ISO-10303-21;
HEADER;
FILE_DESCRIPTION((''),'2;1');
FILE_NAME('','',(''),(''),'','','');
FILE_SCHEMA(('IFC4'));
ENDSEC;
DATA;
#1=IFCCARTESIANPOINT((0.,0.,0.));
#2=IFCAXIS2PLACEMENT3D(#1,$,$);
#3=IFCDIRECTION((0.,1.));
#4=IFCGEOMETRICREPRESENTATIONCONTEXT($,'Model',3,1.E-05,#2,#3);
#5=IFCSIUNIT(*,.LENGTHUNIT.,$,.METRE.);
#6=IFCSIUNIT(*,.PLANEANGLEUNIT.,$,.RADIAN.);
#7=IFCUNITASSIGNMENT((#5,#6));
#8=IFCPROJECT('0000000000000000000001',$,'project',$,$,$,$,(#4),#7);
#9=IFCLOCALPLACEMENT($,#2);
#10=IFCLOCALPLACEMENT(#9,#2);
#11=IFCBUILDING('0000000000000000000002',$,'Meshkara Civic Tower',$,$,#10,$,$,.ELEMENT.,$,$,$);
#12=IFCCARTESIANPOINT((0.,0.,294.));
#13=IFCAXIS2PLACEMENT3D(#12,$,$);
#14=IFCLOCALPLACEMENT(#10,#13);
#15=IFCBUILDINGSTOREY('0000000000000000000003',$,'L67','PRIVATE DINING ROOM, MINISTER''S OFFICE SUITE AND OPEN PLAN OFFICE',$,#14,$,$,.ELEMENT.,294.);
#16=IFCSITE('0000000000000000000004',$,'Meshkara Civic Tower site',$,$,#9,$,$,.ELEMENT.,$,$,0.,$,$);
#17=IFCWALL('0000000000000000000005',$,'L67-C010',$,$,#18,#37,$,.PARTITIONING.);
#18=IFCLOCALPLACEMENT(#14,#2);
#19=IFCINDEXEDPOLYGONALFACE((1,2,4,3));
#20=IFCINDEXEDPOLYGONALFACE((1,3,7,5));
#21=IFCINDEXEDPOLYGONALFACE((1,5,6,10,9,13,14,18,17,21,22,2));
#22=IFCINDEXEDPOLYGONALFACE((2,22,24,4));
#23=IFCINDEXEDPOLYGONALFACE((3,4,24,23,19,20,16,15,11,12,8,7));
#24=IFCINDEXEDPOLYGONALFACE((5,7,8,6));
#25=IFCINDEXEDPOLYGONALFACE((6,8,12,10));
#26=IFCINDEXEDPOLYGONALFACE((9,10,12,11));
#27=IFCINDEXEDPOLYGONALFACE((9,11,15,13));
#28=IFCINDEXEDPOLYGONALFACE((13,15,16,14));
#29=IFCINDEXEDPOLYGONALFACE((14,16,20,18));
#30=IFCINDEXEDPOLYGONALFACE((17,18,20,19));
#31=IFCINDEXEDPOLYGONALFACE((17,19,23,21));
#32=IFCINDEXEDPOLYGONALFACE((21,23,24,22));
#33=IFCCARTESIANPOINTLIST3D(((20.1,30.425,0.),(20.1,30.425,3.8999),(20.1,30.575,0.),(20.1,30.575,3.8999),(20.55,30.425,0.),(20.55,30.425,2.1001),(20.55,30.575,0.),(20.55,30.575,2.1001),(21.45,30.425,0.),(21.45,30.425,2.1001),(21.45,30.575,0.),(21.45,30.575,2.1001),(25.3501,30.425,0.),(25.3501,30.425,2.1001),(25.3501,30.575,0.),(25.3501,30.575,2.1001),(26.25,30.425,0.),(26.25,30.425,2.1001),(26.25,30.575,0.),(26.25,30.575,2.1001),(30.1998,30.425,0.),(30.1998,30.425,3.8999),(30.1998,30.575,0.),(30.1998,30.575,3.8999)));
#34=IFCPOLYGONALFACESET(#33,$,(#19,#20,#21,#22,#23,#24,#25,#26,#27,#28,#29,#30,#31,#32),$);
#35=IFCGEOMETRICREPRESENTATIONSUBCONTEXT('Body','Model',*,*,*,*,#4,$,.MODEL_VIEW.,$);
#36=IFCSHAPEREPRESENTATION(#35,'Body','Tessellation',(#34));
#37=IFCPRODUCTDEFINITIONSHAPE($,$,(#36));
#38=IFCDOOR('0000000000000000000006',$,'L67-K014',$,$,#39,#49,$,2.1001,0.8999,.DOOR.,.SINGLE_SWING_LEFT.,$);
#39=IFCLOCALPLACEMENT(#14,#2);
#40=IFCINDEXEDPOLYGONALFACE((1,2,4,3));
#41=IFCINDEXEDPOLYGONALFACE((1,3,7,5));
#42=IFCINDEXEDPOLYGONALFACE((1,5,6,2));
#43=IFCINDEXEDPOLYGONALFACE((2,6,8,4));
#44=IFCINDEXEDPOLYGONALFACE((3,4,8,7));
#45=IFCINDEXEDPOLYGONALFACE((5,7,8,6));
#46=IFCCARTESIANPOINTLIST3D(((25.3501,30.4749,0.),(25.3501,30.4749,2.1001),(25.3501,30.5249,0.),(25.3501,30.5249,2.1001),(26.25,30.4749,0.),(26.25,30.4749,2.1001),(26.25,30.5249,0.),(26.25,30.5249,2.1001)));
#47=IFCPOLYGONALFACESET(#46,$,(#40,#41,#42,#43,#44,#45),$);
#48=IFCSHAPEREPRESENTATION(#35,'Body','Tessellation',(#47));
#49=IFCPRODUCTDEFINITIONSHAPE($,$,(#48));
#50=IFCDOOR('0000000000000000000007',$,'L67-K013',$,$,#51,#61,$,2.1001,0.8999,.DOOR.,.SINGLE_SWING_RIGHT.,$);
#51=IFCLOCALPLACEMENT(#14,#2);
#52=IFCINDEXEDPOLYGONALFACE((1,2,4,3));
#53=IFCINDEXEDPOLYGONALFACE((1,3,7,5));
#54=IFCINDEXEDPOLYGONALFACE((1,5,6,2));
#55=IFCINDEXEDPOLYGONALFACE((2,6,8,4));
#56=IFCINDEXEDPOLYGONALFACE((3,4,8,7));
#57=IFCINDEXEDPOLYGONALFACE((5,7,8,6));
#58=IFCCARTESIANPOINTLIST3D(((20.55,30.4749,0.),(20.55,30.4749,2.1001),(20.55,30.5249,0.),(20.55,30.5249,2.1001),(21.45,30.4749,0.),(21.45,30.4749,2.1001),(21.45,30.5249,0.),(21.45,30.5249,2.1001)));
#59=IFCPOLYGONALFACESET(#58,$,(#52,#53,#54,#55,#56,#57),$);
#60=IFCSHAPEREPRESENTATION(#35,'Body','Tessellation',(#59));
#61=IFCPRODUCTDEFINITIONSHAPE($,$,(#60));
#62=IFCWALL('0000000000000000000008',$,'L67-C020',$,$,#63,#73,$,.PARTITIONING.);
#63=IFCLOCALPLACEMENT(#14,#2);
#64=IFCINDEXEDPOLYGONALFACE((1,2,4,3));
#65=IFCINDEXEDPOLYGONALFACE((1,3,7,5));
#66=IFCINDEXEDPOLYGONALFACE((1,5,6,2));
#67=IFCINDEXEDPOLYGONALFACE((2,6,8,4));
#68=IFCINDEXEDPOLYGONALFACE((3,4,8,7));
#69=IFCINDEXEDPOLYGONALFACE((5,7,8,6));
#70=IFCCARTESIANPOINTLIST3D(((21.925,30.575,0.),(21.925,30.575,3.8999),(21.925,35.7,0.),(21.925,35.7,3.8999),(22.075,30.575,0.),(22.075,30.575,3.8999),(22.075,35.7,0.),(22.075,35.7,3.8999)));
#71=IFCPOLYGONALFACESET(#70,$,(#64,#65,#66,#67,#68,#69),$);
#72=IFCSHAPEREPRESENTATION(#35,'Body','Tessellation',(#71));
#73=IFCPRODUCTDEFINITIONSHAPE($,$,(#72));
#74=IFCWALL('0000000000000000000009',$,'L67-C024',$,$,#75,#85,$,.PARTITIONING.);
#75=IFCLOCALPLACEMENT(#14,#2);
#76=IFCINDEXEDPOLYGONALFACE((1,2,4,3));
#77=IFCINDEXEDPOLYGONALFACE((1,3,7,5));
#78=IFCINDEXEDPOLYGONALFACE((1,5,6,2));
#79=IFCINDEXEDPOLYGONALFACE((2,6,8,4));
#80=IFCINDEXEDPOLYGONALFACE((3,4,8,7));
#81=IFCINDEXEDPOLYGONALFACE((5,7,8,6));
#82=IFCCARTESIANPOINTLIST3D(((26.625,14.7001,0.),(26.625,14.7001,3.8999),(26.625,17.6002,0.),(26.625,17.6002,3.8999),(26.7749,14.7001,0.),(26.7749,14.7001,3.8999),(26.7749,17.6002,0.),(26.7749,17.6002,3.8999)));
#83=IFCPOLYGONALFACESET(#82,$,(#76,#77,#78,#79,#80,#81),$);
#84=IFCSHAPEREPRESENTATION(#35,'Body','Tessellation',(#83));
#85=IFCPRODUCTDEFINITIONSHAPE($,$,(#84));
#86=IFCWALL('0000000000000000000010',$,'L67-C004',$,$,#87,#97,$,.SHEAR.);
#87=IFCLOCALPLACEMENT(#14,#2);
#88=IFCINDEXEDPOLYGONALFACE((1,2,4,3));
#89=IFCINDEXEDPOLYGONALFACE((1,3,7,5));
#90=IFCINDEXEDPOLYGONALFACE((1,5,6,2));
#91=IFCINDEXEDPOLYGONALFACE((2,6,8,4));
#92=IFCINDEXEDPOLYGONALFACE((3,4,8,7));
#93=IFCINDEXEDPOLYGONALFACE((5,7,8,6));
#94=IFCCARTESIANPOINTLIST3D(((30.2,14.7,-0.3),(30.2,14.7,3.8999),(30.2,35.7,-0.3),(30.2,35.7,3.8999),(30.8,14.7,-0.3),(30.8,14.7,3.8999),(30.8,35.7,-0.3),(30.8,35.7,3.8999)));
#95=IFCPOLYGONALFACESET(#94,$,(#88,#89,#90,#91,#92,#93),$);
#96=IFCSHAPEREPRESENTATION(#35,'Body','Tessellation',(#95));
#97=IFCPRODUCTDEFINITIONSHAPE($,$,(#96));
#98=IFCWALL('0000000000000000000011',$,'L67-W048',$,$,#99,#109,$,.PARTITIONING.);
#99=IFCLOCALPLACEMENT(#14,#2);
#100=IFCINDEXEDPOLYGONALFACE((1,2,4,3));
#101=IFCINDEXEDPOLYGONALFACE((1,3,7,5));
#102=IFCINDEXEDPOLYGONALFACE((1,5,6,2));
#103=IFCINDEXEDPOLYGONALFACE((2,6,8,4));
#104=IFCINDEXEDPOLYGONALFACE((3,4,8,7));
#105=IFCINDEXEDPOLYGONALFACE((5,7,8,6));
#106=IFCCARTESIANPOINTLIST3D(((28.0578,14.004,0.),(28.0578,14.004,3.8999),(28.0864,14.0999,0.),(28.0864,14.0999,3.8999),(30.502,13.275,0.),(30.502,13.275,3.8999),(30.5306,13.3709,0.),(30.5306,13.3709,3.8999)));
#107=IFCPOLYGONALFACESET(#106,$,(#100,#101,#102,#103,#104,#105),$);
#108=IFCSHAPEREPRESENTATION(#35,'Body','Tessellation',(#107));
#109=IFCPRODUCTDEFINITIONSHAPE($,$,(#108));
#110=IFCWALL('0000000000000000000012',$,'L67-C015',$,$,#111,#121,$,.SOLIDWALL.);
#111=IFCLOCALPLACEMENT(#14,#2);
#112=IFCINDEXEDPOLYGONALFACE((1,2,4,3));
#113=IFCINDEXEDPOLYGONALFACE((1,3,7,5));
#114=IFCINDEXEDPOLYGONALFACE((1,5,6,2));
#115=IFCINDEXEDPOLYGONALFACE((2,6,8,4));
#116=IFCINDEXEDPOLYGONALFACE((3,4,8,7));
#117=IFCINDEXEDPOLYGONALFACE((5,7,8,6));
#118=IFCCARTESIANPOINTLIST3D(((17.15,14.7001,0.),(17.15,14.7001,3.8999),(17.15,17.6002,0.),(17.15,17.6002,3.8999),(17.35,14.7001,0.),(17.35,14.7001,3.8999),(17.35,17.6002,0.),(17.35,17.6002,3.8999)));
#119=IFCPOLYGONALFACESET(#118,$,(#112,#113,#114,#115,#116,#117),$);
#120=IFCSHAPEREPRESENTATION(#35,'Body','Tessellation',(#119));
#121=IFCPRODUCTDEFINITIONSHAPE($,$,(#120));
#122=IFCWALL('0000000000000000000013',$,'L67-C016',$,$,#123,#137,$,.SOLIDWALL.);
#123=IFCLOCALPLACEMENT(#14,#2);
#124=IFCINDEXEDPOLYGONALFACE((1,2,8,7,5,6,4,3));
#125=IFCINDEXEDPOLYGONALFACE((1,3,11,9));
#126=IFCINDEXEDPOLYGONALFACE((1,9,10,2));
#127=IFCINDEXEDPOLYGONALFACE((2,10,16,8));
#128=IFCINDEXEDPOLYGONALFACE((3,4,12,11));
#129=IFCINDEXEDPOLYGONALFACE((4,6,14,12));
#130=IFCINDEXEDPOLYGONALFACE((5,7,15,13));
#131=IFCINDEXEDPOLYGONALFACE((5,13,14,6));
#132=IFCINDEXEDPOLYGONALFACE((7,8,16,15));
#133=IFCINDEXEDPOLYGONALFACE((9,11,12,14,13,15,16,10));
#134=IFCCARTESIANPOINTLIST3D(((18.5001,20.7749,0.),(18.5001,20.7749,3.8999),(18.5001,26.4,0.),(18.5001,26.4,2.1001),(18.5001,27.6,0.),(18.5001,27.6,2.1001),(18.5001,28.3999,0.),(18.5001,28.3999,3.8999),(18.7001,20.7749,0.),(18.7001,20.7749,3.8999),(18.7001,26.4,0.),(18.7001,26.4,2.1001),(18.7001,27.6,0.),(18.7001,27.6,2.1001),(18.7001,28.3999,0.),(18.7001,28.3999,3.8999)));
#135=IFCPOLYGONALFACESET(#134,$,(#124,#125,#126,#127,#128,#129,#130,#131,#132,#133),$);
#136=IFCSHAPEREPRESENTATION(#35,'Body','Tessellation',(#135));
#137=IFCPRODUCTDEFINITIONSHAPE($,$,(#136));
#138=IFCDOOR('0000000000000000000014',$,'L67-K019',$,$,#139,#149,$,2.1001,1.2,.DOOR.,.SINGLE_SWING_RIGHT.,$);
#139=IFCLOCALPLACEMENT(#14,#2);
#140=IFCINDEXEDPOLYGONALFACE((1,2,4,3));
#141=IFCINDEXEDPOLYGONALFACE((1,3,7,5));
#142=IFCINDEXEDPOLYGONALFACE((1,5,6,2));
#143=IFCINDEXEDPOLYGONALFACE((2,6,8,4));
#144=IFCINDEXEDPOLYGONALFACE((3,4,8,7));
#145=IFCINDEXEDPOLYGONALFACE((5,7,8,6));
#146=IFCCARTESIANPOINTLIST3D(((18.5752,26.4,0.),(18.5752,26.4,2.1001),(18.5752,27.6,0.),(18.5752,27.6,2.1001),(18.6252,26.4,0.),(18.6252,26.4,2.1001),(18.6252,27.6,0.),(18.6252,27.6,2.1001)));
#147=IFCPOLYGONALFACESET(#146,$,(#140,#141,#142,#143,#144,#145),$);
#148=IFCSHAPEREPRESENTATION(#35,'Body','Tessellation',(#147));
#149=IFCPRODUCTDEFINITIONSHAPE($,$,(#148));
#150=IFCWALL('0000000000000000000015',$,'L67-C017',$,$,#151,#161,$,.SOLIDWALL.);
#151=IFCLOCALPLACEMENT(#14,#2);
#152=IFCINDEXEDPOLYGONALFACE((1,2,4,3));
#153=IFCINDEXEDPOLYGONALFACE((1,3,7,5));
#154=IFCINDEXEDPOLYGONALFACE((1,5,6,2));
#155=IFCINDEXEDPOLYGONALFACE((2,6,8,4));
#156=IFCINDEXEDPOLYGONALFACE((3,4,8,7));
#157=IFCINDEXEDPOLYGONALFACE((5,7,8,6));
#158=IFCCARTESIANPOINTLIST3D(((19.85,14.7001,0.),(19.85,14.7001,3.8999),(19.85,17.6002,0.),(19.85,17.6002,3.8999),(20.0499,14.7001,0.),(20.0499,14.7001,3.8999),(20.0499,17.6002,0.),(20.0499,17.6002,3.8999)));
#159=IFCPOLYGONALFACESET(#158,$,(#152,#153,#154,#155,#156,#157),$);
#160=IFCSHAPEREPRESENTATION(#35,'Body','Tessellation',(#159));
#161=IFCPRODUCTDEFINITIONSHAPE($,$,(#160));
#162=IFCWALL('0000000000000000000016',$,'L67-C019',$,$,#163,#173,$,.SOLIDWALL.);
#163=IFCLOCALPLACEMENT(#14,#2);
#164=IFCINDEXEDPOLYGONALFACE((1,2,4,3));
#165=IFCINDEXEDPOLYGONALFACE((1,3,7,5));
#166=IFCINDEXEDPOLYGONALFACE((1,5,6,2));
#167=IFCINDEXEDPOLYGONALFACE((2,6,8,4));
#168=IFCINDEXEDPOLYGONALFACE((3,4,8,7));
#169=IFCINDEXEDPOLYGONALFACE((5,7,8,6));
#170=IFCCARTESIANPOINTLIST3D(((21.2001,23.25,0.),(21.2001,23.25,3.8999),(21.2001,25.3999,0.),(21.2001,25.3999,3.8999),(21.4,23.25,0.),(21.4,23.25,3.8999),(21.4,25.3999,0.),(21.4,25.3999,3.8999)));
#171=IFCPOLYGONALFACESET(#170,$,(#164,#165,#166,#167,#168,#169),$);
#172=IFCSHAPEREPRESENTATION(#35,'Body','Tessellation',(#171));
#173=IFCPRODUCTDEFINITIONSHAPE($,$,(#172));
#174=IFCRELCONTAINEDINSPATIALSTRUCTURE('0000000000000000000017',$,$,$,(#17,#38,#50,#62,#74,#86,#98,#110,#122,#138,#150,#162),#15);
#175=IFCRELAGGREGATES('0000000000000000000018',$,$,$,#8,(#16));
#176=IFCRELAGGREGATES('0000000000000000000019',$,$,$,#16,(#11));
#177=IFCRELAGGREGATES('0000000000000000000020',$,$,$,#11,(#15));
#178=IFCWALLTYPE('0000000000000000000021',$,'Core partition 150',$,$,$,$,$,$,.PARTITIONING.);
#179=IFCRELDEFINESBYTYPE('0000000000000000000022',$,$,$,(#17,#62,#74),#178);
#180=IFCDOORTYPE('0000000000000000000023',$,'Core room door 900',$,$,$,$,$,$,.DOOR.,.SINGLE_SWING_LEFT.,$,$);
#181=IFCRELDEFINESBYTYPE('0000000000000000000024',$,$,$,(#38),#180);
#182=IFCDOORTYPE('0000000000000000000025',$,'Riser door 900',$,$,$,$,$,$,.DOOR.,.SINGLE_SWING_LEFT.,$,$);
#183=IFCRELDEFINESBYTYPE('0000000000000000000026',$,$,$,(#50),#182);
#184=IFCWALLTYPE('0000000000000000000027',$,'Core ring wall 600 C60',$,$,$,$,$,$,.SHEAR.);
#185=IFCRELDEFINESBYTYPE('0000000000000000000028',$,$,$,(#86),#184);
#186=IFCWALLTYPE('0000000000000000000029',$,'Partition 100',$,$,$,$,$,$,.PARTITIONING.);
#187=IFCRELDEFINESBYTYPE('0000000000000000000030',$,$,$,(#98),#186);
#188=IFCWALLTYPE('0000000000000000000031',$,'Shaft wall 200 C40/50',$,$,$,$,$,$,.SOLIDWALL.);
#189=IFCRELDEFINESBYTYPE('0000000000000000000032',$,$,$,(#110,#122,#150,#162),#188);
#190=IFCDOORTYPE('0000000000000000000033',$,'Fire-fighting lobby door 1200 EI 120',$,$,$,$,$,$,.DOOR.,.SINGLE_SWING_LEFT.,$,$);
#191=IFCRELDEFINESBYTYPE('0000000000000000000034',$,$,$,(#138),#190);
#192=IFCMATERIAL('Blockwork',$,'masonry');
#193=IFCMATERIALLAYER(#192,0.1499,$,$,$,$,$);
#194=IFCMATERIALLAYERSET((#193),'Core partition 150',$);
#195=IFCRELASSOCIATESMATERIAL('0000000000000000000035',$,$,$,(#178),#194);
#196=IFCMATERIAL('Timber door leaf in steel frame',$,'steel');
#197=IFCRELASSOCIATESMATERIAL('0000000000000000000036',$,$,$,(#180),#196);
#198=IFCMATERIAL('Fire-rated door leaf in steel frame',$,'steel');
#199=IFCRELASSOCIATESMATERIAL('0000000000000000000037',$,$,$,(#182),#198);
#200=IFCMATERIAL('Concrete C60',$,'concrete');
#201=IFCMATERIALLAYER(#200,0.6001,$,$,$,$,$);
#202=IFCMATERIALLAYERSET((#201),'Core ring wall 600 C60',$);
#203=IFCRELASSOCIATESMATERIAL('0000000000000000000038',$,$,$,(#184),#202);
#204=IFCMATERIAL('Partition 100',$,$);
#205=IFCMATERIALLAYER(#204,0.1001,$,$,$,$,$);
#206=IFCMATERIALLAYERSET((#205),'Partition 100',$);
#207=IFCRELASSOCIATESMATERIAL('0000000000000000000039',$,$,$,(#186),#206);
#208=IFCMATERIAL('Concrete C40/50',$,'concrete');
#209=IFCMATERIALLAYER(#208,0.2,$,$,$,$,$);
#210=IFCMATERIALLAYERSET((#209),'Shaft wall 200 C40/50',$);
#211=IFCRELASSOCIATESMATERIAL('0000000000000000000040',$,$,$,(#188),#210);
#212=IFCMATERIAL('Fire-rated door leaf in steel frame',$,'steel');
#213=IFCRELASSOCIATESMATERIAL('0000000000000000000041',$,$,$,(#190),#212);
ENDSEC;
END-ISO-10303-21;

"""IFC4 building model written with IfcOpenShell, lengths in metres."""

from ifc_helpers import new_model, si_unit, direction, frame, frame_2d, origin, place, context, subcontext, project, spatial, rectangle, extrude, material, layer, layer_set, type_object, element, fill, save


model = new_model("IFC4")

# Units and contexts
model_context = context("Model", 3, precision=1e-05, world=origin(), true_north=direction((0.0, 1.0)))
body_context = subcontext(model_context, "Body", "Model", "MODEL_VIEW")
ifc_project = project(units=[si_unit("LENGTHUNIT", "METRE"), si_unit("PLANEANGLEUNIT", "RADIAN")], contexts=[model_context])

# Site, building, storey
site_placement = place(None, origin())
site = spatial("IfcSite", under=ifc_project, at=site_placement, Name="Meshkara Civic Tower site", CompositionType="ELEMENT", RefElevation=0.0)
building_placement = place(site_placement, origin())
building = spatial("IfcBuilding", under=site, at=building_placement, Name="Meshkara Civic Tower", CompositionType="ELEMENT")
storey_placement = place(building_placement, frame((0.0, 0.0, 294.0)))
storey = spatial("IfcBuildingStorey", under=building, at=storey_placement, Name="L67", Description="PRIVATE DINING ROOM, MINISTER'S OFFICE SUITE AND OPEN PLAN OFFICE", CompositionType="ELEMENT", Elevation=294.0)

# Wall, openings, doors
ifc_material_1 = material(Name="Blockwork", Category="masonry")
ifc_layer_1 = layer(ifc_material_1, 0.1499)
ifc_layer_set_1 = layer_set([ifc_layer_1], Name="Core partition 150")
wall_type_1 = type_object("IfcWallType", Name="Core partition 150", PredefinedType="PARTITIONING", material=ifc_layer_set_1)
wall_1_placement = place(storey_placement, frame((20.1001, 30.5, 0.0), z_axis=(0.0, 0.0, 1.0), x_axis=(1.0, 0.0, 0.0)))
wall_1 = element("IfcWall", 1, at=wall_1_placement, inside=storey, type_object=wall_type_1, Name="L67-C010", PredefinedType="PARTITIONING", context=body_context, shape_type="SweptSolid", body=[
    extrude(rectangle(XDim=10.0999, YDim=0.1499, at=frame_2d((5.0498, 0.0))), origin(), (0.0, 0.0, 1.0), 3.8999),
])
opening_1_placement = place(wall_1_placement, frame((0.45, 0.0, 0.0)))
opening_1 = element("IfcOpeningElement", 2, at=opening_1_placement, cuts=wall_1, PredefinedType="OPENING", context=body_context, shape_type="SweptSolid", body=[
    extrude(rectangle(XDim=0.8999, YDim=2.1001, at=frame_2d((0.45, 1.05))), frame((0.0, 0.085, 0.0), z_axis=(0.0, -1.0, 0.0), x_axis=(1.0, 0.0, 0.0)), (0.0, 0.0, 1.0), 0.1699),
])
opening_2_placement = place(wall_1_placement, frame((5.25, 0.0, 0.0)))
opening_2 = element("IfcOpeningElement", 3, at=opening_2_placement, cuts=wall_1, PredefinedType="OPENING", context=body_context, shape_type="SweptSolid", body=[
    extrude(rectangle(XDim=0.8999, YDim=2.1001, at=frame_2d((0.45, 1.05))), frame((0.0, 0.085, 0.0), z_axis=(0.0, -1.0, 0.0), x_axis=(1.0, 0.0, 0.0)), (0.0, 0.0, 1.0), 0.1699),
])
ifc_material_2 = material(Name="Timber door leaf in steel frame", Category="steel")
door_type_1 = type_object("IfcDoorType", Name="Core room door 900", OperationType="SINGLE_SWING_LEFT", PredefinedType="DOOR", material=ifc_material_2)
door_1_placement = place(opening_2_placement, origin())
door_1 = element("IfcDoor", 4, at=door_1_placement, inside=storey, type_object=door_type_1, Name="L67-K014", OperationType="SINGLE_SWING_LEFT", OverallHeight=2.1001, OverallWidth=0.8999, PredefinedType="DOOR", context=body_context, shape_type="SweptSolid", body=[
    extrude(rectangle(XDim=0.8999, YDim=2.1001, at=frame_2d((0.45, 1.05))), frame((0.0, 0.0249, 0.0), z_axis=(0.0, -1.0, 0.0), x_axis=(1.0, 0.0, 0.0)), (0.0, 0.0, 1.0), 0.05),
])
fill(opening_2, door_1)
ifc_material_3 = material(Name="Fire-rated door leaf in steel frame", Category="steel")
door_type_2 = type_object("IfcDoorType", Name="Riser door 900", OperationType="SINGLE_SWING_LEFT", PredefinedType="DOOR", material=ifc_material_3)
door_2_placement = place(opening_1_placement, origin())
door_2 = element("IfcDoor", 5, at=door_2_placement, inside=storey, type_object=door_type_2, Name="L67-K013", OperationType="SINGLE_SWING_RIGHT", OverallHeight=2.1001, OverallWidth=0.8999, PredefinedType="DOOR", context=body_context, shape_type="SweptSolid", body=[
    extrude(rectangle(XDim=0.8999, YDim=2.1001, at=frame_2d((0.45, 1.05))), frame((0.0, 0.0249, 0.0), z_axis=(0.0, -1.0, 0.0), x_axis=(1.0, 0.0, 0.0)), (0.0, 0.0, 1.0), 0.05),
])
fill(opening_1, door_2)

# Walls
wall_2_placement = place(storey_placement, frame((22.0, 30.575, 0.0), z_axis=(0.0, 0.0, 1.0), x_axis=(0.0, 1.0, 0.0)))
element("IfcWall", 6, at=wall_2_placement, inside=storey, type_object=wall_type_1, Name="L67-C020", PredefinedType="PARTITIONING", context=body_context, shape_type="SweptSolid", body=[
    extrude(rectangle(XDim=5.125, YDim=0.1499, at=frame_2d((2.5625, 0.0))), origin(), (0.0, 0.0, 1.0), 3.8999),
])
wall_3_placement = place(storey_placement, frame((26.7, 14.7, 0.0), z_axis=(0.0, 0.0, 1.0), x_axis=(0.0, 1.0, 0.0)))
element("IfcWall", 7, at=wall_3_placement, inside=storey, type_object=wall_type_1, Name="L67-C024", PredefinedType="PARTITIONING", context=body_context, shape_type="SweptSolid", body=[
    extrude(rectangle(XDim=2.9001, YDim=0.1499, at=frame_2d((1.4502, 0.0))), origin(), (0.0, 0.0, 1.0), 3.8999),
])
ifc_material_4 = material(Name="Concrete C60", Category="concrete")
ifc_layer_2 = layer(ifc_material_4, 0.6001)
ifc_layer_set_2 = layer_set([ifc_layer_2], Name="Core ring wall 600 C60")
wall_type_2 = type_object("IfcWallType", Name="Core ring wall 600 C60", PredefinedType="SHEAR", material=ifc_layer_set_2)
wall_4_placement = place(storey_placement, frame((30.5, 14.7, -0.3), z_axis=(0.0, 0.0, 1.0), x_axis=(0.0, 1.0, 0.0)))
element("IfcWall", 8, at=wall_4_placement, inside=storey, type_object=wall_type_2, Name="L67-C004", PredefinedType="SHEAR", context=body_context, shape_type="SweptSolid", body=[
    extrude(rectangle(XDim=21.0, YDim=0.6001, at=frame_2d((10.5, 0.0))), origin(), (0.0, 0.0, 1.0), 4.2),
])
ifc_material_5 = material(Name="Partition 100")
ifc_layer_3 = layer(ifc_material_5, 0.1001)
ifc_layer_set_3 = layer_set([ifc_layer_3], Name="Partition 100")
wall_type_3 = type_object("IfcWallType", Name="Partition 100", PredefinedType="PARTITIONING", material=ifc_layer_set_3)
wall_5_placement = place(storey_placement, frame((28.072, 14.052, 0.0), z_axis=(0.0, 0.0, 1.0), x_axis=(0.958281, -0.285828, 0.0)))
element("IfcWall", 9, at=wall_5_placement, inside=storey, type_object=wall_type_3, Name="L67-W048", PredefinedType="PARTITIONING", context=body_context, shape_type="SweptSolid", body=[
    extrude(rectangle(XDim=2.5505, YDim=0.1001, at=frame_2d((1.2754, 0.0))), origin(), (0.0, 0.0, 1.0), 3.8999),
])
ifc_material_6 = material(Name="Concrete C40/50", Category="concrete")
ifc_layer_4 = layer(ifc_material_6, 0.2)
ifc_layer_set_4 = layer_set([ifc_layer_4], Name="Shaft wall 200 C40/50")
wall_type_4 = type_object("IfcWallType", Name="Shaft wall 200 C40/50", PredefinedType="SOLIDWALL", material=ifc_layer_set_4)
wall_6_placement = place(storey_placement, frame((17.25, 14.7, 0.0), z_axis=(0.0, 0.0, 1.0), x_axis=(0.0, 1.0, 0.0)))
element("IfcWall", 10, at=wall_6_placement, inside=storey, type_object=wall_type_4, Name="L67-C015", PredefinedType="SOLIDWALL", context=body_context, shape_type="SweptSolid", body=[
    extrude(rectangle(XDim=2.9001, YDim=0.2, at=frame_2d((1.4502, 0.0))), origin(), (0.0, 0.0, 1.0), 3.8999),
])

# Wall, opening, door
wall_7_placement = place(storey_placement, frame((18.6001, 20.7749, 0.0), z_axis=(0.0, 0.0, 1.0), x_axis=(0.0, 1.0, 0.0)))
wall_7 = element("IfcWall", 11, at=wall_7_placement, inside=storey, type_object=wall_type_4, Name="L67-C016", PredefinedType="SOLIDWALL", context=body_context, shape_type="SweptSolid", body=[
    extrude(rectangle(XDim=7.625, YDim=0.2, at=frame_2d((3.8125, 0.0))), origin(), (0.0, 0.0, 1.0), 3.8999),
])
opening_3_placement = place(wall_7_placement, frame((5.625, 0.0, 0.0)))
opening_3 = element("IfcOpeningElement", 12, at=opening_3_placement, cuts=wall_7, PredefinedType="OPENING", context=body_context, shape_type="SweptSolid", body=[
    extrude(rectangle(XDim=1.2, YDim=2.1001, at=frame_2d((0.6001, 1.05))), frame((0.0, 0.1099, 0.0), z_axis=(0.0, -1.0, 0.0), x_axis=(1.0, 0.0, 0.0)), (0.0, 0.0, 1.0), 0.22),
])
ifc_material_7 = material(Name="Fire-rated door leaf in steel frame", Category="steel")
door_type_3 = type_object("IfcDoorType", Name="Fire-fighting lobby door 1200 EI 120", OperationType="SINGLE_SWING_LEFT", PredefinedType="DOOR", material=ifc_material_7)
door_3_placement = place(opening_3_placement, origin())
door_3 = element("IfcDoor", 13, at=door_3_placement, inside=storey, type_object=door_type_3, Name="L67-K019", OperationType="SINGLE_SWING_RIGHT", OverallHeight=2.1001, OverallWidth=1.2, PredefinedType="DOOR", context=body_context, shape_type="SweptSolid", body=[
    extrude(rectangle(XDim=1.2, YDim=2.1001, at=frame_2d((0.6001, 1.05))), frame((0.0, 0.0249, 0.0), z_axis=(0.0, -1.0, 0.0), x_axis=(1.0, 0.0, 0.0)), (0.0, 0.0, 1.0), 0.05),
])
fill(opening_3, door_3)

# Walls
wall_8_placement = place(storey_placement, frame((19.95, 14.7, 0.0), z_axis=(0.0, 0.0, 1.0), x_axis=(0.0, 1.0, 0.0)))
element("IfcWall", 14, at=wall_8_placement, inside=storey, type_object=wall_type_4, Name="L67-C017", PredefinedType="SOLIDWALL", context=body_context, shape_type="SweptSolid", body=[
    extrude(rectangle(XDim=2.9001, YDim=0.2, at=frame_2d((1.4502, 0.0))), origin(), (0.0, 0.0, 1.0), 3.8999),
])
wall_9_placement = place(storey_placement, frame((21.3, 23.25, 0.0), z_axis=(0.0, 0.0, 1.0), x_axis=(0.0, 1.0, 0.0)))
element("IfcWall", 15, at=wall_9_placement, inside=storey, type_object=wall_type_4, Name="L67-C019", PredefinedType="SOLIDWALL", context=body_context, shape_type="SweptSolid", body=[
    extrude(rectangle(XDim=2.1499, YDim=0.2, at=frame_2d((1.075, 0.0))), origin(), (0.0, 0.0, 1.0), 3.8999),
])

save(model, "model.ifc")
